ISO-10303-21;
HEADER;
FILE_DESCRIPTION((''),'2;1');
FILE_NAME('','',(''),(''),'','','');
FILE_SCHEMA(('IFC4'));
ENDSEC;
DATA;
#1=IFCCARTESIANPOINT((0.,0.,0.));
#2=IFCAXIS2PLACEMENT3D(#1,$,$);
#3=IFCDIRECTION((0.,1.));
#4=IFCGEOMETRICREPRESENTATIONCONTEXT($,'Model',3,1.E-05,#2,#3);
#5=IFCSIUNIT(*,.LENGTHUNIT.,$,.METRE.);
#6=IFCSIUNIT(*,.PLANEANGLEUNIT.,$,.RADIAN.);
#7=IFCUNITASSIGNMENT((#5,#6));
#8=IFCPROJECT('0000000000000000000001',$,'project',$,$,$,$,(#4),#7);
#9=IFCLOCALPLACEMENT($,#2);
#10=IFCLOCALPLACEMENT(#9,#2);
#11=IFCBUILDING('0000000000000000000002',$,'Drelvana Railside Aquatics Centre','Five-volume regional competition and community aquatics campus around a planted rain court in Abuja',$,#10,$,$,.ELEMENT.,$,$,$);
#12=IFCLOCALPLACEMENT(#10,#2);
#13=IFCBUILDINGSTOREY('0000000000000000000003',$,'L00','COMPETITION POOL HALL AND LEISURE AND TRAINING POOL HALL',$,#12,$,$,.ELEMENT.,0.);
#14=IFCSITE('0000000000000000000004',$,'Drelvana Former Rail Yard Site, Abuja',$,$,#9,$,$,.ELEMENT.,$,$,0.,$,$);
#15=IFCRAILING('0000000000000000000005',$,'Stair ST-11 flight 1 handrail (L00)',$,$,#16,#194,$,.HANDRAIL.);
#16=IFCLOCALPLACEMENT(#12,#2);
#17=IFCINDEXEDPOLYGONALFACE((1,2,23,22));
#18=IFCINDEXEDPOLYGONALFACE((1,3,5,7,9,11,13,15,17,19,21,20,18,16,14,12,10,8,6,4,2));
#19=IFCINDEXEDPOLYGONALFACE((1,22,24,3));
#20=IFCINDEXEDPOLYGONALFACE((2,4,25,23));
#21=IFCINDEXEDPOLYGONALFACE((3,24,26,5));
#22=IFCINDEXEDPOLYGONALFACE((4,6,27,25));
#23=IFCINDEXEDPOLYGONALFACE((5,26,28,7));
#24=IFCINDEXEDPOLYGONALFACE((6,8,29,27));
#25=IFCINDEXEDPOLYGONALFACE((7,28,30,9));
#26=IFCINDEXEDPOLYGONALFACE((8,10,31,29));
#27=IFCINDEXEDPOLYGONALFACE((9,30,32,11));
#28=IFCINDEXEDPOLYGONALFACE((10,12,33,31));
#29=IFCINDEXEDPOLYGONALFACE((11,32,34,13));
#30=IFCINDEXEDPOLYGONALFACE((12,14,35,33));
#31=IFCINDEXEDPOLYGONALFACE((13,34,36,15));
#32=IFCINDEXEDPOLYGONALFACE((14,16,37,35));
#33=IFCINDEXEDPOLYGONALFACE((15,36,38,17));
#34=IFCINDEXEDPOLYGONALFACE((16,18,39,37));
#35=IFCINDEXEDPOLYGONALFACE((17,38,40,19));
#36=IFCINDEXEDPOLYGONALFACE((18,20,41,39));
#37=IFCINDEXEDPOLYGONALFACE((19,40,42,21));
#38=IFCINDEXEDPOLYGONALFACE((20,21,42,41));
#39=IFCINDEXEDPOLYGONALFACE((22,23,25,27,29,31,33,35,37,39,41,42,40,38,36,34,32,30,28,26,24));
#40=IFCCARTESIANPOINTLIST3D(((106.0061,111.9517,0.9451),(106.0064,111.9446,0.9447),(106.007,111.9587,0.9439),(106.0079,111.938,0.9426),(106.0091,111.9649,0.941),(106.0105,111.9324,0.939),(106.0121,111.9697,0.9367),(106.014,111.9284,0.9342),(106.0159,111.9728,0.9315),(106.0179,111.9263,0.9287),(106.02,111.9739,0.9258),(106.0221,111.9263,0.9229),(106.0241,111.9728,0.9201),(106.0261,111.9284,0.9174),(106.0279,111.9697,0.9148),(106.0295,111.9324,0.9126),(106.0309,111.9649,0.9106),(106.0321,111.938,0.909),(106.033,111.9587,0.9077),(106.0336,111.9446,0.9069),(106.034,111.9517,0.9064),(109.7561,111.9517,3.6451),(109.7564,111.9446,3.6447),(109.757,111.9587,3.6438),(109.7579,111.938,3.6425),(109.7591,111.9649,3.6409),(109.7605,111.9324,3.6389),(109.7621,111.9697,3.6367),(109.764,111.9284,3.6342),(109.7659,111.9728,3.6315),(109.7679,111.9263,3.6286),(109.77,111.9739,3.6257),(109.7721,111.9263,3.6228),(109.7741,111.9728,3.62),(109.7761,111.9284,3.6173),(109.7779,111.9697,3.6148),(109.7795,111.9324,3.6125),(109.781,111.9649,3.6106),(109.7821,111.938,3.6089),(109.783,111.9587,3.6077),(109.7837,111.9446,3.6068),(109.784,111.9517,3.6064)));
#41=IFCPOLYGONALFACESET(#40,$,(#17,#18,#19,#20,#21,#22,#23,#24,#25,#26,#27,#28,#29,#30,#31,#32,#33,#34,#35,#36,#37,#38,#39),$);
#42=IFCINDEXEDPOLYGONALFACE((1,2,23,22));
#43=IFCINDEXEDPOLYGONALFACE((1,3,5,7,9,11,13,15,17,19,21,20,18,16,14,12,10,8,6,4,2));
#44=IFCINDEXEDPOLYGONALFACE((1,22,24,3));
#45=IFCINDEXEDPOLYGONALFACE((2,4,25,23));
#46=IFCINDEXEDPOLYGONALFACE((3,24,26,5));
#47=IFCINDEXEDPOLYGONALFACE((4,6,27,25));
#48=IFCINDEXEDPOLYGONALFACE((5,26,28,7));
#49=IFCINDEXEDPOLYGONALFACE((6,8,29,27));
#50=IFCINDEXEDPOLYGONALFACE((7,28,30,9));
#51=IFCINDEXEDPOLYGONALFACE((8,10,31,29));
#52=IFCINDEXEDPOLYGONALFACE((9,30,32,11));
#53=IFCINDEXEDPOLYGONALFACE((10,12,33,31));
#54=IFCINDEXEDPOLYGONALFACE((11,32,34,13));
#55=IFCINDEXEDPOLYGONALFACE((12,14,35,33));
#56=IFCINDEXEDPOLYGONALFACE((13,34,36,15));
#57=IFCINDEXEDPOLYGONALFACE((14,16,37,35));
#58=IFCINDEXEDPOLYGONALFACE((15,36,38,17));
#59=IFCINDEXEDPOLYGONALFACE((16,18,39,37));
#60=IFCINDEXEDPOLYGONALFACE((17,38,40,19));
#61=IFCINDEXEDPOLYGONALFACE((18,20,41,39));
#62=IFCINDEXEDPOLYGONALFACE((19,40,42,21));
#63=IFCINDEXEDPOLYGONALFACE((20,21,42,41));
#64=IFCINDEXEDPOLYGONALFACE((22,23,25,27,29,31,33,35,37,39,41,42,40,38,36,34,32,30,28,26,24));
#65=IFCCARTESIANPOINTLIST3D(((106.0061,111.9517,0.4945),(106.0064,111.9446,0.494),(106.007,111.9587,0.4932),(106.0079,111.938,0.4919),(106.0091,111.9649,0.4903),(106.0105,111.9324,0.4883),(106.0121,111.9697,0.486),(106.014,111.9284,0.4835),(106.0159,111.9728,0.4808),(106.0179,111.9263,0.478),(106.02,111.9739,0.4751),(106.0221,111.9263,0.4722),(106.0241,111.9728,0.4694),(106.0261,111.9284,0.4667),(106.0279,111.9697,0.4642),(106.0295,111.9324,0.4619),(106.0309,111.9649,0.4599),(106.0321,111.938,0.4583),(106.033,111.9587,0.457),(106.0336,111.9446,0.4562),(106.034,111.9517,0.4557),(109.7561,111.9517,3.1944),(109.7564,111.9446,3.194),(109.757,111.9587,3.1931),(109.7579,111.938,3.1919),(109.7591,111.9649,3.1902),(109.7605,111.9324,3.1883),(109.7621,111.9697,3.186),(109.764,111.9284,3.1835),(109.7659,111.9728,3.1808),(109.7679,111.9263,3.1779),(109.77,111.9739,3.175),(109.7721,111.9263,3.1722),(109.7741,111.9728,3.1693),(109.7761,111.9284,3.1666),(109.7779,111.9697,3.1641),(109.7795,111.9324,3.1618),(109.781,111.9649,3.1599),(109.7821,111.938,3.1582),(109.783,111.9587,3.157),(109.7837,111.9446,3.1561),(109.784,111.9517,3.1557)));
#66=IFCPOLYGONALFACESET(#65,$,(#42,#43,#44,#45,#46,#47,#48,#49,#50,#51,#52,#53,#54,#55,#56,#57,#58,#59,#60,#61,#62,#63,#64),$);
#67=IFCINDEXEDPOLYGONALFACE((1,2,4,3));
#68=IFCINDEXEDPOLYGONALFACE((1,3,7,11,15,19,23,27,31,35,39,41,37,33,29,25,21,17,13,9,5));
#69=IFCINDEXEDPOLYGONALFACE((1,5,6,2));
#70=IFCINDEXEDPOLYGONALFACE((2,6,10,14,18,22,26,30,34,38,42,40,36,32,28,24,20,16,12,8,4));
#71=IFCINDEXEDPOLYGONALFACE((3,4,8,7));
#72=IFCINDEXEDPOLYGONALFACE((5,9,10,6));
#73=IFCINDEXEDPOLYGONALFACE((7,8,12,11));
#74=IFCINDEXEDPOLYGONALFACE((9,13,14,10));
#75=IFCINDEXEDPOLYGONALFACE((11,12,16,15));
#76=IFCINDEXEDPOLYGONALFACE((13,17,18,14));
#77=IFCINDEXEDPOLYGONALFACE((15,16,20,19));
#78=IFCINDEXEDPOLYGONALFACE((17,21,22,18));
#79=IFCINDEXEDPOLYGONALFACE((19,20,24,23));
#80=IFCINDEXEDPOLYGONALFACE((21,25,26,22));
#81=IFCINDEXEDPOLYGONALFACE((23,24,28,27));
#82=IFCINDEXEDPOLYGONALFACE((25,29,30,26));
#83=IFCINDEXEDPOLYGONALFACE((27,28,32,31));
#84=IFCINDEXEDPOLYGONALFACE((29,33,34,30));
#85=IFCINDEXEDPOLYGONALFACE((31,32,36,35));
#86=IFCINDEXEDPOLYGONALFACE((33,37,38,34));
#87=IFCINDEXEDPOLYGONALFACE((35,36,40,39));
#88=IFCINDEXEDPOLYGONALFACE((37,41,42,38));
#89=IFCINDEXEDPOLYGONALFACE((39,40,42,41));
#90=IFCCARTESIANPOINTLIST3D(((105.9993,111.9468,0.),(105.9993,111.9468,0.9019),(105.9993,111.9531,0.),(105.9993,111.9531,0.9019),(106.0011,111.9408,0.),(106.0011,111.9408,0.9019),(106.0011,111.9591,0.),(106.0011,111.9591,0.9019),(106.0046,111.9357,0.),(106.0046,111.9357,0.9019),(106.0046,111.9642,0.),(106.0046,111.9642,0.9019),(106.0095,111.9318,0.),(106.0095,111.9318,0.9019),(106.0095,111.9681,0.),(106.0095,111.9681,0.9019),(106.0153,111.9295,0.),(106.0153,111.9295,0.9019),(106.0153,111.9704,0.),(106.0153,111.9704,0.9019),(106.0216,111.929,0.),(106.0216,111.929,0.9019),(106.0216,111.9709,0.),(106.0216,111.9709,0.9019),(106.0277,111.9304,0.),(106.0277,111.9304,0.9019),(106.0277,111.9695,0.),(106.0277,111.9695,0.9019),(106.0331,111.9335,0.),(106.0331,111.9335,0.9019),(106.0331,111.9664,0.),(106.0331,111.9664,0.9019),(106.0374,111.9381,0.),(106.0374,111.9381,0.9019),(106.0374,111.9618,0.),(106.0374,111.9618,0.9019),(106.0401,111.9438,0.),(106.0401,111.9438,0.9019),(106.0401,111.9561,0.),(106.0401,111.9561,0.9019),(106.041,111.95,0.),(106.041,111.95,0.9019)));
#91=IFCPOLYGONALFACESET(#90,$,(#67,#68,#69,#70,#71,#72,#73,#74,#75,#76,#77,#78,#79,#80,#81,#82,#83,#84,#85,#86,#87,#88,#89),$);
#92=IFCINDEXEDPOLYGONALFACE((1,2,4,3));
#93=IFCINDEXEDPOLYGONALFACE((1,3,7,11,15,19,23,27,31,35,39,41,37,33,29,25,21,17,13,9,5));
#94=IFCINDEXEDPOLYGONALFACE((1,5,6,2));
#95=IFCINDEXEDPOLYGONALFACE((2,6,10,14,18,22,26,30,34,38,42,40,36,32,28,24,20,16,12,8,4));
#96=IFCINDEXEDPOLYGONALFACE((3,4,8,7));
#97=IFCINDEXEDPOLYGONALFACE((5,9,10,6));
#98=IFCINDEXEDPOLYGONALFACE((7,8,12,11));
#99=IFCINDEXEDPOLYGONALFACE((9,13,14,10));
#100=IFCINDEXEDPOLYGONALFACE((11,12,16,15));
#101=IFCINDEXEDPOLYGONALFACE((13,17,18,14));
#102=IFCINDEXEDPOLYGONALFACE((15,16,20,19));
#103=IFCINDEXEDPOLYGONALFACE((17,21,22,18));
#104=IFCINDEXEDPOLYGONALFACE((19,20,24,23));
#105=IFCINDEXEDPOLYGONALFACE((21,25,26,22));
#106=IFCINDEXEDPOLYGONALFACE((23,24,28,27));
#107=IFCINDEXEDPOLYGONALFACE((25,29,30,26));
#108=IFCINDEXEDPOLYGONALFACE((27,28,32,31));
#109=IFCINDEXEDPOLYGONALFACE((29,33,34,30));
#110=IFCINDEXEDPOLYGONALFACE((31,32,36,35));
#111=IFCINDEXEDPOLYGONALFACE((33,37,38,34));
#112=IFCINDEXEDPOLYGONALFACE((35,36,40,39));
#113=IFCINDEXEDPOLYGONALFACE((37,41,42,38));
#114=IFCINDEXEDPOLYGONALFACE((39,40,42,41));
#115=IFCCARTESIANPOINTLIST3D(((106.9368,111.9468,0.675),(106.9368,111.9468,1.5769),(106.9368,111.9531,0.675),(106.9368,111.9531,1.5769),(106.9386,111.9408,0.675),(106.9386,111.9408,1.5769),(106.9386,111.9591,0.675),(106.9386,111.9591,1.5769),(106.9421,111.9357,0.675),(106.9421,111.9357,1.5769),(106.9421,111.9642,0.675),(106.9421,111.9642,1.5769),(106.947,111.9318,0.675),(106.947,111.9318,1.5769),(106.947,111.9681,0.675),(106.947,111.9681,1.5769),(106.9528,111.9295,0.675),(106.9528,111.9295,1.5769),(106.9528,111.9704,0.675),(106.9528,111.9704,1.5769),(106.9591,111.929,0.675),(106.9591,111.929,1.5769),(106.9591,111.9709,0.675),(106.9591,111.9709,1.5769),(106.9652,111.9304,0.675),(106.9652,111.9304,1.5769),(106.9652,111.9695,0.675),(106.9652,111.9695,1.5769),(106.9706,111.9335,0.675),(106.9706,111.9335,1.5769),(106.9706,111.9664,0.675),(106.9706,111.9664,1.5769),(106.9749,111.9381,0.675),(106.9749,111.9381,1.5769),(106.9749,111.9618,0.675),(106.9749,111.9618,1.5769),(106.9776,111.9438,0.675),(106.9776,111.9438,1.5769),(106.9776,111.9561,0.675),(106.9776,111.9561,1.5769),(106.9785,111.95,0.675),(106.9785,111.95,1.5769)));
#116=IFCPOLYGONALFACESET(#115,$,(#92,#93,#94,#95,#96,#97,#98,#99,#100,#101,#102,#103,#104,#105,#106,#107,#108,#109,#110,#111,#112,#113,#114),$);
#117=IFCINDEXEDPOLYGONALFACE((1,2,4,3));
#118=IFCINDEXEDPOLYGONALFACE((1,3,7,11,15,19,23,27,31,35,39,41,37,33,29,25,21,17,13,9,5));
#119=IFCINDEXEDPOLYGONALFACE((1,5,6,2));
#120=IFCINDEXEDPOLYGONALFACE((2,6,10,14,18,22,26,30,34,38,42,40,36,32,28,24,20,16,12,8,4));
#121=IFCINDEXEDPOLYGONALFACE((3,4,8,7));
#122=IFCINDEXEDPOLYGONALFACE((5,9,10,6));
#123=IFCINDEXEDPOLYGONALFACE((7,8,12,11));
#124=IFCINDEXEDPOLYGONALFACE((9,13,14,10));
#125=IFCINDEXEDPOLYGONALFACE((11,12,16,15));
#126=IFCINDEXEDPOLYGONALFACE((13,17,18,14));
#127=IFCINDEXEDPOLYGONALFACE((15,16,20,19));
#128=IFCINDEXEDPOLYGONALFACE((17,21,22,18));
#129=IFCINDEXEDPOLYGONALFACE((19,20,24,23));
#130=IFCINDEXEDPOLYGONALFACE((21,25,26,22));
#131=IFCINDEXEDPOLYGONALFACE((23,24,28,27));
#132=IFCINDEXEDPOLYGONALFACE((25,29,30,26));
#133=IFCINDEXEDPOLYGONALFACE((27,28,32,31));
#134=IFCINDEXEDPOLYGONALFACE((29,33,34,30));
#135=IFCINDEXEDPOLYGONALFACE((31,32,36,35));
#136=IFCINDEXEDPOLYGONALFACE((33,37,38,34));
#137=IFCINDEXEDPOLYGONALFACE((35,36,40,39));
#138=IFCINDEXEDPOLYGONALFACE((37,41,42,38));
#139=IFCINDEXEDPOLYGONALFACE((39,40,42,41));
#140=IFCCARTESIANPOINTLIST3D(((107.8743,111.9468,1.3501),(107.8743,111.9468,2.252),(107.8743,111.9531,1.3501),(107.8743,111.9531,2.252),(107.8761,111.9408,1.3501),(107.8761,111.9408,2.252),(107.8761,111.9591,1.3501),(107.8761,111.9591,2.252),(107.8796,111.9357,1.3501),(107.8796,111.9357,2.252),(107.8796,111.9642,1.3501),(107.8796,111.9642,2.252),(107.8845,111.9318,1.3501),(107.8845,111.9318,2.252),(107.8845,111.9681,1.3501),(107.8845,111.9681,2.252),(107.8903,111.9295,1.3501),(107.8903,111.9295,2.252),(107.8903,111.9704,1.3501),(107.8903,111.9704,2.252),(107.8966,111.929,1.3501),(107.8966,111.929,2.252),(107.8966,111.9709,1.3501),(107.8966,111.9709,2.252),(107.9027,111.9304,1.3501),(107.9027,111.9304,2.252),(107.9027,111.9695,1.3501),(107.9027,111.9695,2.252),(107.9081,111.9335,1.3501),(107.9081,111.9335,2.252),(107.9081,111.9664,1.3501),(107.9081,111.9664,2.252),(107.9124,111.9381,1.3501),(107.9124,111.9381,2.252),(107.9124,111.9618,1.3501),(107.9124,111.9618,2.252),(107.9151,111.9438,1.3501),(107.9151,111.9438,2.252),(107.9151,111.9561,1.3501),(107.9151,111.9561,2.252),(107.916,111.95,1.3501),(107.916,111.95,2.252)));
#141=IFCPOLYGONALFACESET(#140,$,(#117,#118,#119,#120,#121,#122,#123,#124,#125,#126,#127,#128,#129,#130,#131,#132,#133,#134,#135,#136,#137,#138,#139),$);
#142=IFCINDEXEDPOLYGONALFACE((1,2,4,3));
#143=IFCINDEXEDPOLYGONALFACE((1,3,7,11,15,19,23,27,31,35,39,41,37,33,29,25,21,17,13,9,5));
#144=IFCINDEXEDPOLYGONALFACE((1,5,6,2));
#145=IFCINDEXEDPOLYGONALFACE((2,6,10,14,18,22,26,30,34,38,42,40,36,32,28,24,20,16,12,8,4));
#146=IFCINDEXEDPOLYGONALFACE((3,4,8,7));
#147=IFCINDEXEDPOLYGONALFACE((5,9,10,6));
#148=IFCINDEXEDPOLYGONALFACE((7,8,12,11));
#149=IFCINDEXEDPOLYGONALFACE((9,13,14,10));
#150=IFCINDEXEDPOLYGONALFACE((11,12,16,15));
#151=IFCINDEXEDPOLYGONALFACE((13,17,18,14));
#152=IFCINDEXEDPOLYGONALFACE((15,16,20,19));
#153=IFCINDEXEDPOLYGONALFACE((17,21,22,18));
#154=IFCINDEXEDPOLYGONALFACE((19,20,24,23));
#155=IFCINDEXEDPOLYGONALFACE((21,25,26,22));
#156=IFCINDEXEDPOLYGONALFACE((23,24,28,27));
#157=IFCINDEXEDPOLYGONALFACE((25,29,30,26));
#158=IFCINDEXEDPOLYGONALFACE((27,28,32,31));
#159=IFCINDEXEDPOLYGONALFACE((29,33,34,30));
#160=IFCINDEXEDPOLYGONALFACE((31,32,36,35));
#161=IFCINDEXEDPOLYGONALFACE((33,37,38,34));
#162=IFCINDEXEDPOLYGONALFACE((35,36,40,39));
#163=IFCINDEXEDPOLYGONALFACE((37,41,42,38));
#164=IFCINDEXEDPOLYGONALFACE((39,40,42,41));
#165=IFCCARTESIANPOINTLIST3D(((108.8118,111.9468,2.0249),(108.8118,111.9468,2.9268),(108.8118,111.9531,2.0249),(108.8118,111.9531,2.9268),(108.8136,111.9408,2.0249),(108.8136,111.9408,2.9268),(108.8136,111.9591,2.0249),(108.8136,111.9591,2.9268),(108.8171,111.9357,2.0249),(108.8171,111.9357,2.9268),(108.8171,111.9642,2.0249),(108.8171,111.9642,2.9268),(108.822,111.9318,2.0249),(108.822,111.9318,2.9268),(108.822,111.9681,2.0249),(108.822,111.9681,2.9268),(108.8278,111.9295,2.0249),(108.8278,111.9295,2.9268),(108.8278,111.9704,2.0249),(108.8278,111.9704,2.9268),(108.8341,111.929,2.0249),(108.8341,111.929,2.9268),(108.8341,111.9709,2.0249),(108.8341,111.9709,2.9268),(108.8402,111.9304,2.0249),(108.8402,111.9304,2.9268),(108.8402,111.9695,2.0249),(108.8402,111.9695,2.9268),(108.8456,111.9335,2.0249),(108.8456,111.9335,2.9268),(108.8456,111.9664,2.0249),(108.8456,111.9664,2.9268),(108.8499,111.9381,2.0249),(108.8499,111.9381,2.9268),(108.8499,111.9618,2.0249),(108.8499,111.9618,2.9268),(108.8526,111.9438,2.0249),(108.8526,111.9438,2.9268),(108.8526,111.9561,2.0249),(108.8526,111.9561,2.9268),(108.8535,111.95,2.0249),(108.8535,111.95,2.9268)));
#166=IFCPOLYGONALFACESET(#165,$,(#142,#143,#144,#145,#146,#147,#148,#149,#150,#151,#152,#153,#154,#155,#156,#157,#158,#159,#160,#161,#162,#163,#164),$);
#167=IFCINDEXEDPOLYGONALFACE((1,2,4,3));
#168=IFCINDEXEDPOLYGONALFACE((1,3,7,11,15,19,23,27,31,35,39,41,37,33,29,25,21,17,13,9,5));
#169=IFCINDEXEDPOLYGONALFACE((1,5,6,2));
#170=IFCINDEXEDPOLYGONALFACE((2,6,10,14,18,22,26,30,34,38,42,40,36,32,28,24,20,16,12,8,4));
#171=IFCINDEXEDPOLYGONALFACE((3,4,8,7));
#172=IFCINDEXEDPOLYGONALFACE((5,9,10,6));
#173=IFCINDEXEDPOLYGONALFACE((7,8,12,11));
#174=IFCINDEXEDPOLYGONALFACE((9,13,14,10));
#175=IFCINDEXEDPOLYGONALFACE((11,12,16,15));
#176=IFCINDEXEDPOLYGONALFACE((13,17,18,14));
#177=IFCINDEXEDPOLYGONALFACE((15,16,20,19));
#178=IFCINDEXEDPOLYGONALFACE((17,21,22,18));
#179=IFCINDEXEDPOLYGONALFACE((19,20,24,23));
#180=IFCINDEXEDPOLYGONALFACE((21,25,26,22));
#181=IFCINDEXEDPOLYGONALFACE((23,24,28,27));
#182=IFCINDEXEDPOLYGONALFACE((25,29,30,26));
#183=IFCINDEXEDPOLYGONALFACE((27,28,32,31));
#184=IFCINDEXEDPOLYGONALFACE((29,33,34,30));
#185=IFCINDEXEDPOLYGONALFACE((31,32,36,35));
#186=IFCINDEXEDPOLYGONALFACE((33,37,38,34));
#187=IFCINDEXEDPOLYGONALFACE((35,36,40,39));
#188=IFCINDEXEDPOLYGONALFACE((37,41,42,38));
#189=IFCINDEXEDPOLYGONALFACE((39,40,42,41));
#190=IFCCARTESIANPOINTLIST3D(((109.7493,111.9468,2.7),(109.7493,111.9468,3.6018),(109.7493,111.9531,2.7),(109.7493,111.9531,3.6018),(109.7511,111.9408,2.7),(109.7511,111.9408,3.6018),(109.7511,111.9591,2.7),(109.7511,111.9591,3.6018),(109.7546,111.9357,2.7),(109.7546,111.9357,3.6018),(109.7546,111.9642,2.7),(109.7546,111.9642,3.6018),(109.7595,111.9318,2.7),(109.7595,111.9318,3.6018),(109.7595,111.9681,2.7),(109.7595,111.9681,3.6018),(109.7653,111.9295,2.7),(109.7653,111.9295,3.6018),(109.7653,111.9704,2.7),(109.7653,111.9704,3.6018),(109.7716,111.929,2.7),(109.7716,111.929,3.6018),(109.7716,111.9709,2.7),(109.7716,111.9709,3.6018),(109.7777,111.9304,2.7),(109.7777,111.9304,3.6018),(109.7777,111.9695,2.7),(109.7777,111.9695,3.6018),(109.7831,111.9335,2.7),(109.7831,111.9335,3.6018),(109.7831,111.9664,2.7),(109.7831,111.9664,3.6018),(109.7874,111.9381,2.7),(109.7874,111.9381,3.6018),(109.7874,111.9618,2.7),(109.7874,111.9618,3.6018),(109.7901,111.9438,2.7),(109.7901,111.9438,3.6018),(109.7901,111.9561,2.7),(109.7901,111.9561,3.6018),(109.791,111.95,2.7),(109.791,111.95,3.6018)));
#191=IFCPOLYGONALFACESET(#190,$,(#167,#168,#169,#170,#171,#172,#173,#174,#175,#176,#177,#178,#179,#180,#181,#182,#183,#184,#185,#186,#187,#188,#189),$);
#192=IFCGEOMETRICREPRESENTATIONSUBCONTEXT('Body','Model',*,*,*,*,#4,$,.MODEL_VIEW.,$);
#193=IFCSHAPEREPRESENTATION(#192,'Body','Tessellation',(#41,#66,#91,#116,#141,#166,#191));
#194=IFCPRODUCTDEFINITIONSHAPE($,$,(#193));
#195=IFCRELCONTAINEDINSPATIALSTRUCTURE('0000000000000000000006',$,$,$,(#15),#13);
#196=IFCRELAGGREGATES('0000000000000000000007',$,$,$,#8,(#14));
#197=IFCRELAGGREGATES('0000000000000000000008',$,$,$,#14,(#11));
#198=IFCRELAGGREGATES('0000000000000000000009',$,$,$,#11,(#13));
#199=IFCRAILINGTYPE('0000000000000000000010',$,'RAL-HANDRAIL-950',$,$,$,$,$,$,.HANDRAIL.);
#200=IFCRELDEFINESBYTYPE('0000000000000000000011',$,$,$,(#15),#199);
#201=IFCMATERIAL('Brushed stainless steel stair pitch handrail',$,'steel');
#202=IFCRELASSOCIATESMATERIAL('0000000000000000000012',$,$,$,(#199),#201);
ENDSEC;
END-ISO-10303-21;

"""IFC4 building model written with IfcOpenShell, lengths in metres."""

from ifc_helpers import new_model, si_unit, direction, frame, origin, origin_2d, place, context, subcontext, project, spatial, circle, extrude, material, type_object, element, save


model = new_model("IFC4")

# Units and contexts
model_context = context("Model", 3, precision=1e-05, world=origin(), true_north=direction((0.0, 1.0)))
body_context = subcontext(model_context, "Body", "Model", "MODEL_VIEW")
ifc_project = project(units=[si_unit("LENGTHUNIT", "METRE"), si_unit("PLANEANGLEUNIT", "RADIAN")], contexts=[model_context])

# Site, building, storey
site_placement = place(None, origin())
site = spatial("IfcSite", under=ifc_project, at=site_placement, Name="Drelvana Former Rail Yard Site, Abuja", CompositionType="ELEMENT", RefElevation=0.0)
building_placement = place(site_placement, origin())
building = spatial("IfcBuilding", under=site, at=building_placement, Name="Drelvana Railside Aquatics Centre", Description="Five-volume regional competition and community aquatics campus around a planted rain court in Abuja", CompositionType="ELEMENT")
storey_placement = place(building_placement, origin())
storey = spatial("IfcBuildingStorey", under=building, at=storey_placement, Name="L00", Description="COMPETITION POOL HALL AND LEISURE AND TRAINING POOL HALL", CompositionType="ELEMENT", Elevation=0.0)

# Railing
ifc_material_1 = material(Name="Brushed stainless steel stair pitch handrail", Category="steel")
railing_type = type_object("IfcRailingType", Name="RAL-HANDRAIL-950", PredefinedType="HANDRAIL", material=ifc_material_1)
railing_1_placement = place(storey_placement, frame((106.02, 111.95, 0.0)))
element("IfcRailing", 1, at=railing_1_placement, inside=storey, type_object=railing_type, Name="Stair ST-11 flight 1 handrail (L00)", PredefinedType="HANDRAIL", context=body_context, shape_type="SweptSolid", body=[
    extrude(circle(Radius=0.0239, at=origin_2d()), frame((0.0, 0.0, 0.9258), z_axis=(0.811539, 0.0, 0.584298), x_axis=(0.0, 1.0, 0.0)), (0.0, 0.0, 1.0), 4.6208),
    extrude(circle(Radius=0.0239, at=origin_2d()), frame((0.0, 0.0, 0.4751), z_axis=(0.811539, 0.0, 0.584298), x_axis=(0.0, 1.0, 0.0)), (0.0, 0.0, 1.0), 4.6208),
    extrude(circle(Radius=0.021, at=origin_2d()), origin(), (0.0, 0.0, 1.0), 0.9019),
    extrude(circle(Radius=0.021, at=origin_2d()), frame((0.9375, 0.0, 0.675)), (0.0, 0.0, 1.0), 0.9019),
    extrude(circle(Radius=0.021, at=origin_2d()), frame((1.875, 0.0, 1.3501)), (0.0, 0.0, 1.0), 0.9019),
    extrude(circle(Radius=0.021, at=origin_2d()), frame((2.8125, 0.0, 2.0249)), (0.0, 0.0, 1.0), 0.9019),
    extrude(circle(Radius=0.021, at=origin_2d()), frame((3.75, 0.0, 2.7)), (0.0, 0.0, 1.0), 0.9019),
])

save(model, "model.ifc")
